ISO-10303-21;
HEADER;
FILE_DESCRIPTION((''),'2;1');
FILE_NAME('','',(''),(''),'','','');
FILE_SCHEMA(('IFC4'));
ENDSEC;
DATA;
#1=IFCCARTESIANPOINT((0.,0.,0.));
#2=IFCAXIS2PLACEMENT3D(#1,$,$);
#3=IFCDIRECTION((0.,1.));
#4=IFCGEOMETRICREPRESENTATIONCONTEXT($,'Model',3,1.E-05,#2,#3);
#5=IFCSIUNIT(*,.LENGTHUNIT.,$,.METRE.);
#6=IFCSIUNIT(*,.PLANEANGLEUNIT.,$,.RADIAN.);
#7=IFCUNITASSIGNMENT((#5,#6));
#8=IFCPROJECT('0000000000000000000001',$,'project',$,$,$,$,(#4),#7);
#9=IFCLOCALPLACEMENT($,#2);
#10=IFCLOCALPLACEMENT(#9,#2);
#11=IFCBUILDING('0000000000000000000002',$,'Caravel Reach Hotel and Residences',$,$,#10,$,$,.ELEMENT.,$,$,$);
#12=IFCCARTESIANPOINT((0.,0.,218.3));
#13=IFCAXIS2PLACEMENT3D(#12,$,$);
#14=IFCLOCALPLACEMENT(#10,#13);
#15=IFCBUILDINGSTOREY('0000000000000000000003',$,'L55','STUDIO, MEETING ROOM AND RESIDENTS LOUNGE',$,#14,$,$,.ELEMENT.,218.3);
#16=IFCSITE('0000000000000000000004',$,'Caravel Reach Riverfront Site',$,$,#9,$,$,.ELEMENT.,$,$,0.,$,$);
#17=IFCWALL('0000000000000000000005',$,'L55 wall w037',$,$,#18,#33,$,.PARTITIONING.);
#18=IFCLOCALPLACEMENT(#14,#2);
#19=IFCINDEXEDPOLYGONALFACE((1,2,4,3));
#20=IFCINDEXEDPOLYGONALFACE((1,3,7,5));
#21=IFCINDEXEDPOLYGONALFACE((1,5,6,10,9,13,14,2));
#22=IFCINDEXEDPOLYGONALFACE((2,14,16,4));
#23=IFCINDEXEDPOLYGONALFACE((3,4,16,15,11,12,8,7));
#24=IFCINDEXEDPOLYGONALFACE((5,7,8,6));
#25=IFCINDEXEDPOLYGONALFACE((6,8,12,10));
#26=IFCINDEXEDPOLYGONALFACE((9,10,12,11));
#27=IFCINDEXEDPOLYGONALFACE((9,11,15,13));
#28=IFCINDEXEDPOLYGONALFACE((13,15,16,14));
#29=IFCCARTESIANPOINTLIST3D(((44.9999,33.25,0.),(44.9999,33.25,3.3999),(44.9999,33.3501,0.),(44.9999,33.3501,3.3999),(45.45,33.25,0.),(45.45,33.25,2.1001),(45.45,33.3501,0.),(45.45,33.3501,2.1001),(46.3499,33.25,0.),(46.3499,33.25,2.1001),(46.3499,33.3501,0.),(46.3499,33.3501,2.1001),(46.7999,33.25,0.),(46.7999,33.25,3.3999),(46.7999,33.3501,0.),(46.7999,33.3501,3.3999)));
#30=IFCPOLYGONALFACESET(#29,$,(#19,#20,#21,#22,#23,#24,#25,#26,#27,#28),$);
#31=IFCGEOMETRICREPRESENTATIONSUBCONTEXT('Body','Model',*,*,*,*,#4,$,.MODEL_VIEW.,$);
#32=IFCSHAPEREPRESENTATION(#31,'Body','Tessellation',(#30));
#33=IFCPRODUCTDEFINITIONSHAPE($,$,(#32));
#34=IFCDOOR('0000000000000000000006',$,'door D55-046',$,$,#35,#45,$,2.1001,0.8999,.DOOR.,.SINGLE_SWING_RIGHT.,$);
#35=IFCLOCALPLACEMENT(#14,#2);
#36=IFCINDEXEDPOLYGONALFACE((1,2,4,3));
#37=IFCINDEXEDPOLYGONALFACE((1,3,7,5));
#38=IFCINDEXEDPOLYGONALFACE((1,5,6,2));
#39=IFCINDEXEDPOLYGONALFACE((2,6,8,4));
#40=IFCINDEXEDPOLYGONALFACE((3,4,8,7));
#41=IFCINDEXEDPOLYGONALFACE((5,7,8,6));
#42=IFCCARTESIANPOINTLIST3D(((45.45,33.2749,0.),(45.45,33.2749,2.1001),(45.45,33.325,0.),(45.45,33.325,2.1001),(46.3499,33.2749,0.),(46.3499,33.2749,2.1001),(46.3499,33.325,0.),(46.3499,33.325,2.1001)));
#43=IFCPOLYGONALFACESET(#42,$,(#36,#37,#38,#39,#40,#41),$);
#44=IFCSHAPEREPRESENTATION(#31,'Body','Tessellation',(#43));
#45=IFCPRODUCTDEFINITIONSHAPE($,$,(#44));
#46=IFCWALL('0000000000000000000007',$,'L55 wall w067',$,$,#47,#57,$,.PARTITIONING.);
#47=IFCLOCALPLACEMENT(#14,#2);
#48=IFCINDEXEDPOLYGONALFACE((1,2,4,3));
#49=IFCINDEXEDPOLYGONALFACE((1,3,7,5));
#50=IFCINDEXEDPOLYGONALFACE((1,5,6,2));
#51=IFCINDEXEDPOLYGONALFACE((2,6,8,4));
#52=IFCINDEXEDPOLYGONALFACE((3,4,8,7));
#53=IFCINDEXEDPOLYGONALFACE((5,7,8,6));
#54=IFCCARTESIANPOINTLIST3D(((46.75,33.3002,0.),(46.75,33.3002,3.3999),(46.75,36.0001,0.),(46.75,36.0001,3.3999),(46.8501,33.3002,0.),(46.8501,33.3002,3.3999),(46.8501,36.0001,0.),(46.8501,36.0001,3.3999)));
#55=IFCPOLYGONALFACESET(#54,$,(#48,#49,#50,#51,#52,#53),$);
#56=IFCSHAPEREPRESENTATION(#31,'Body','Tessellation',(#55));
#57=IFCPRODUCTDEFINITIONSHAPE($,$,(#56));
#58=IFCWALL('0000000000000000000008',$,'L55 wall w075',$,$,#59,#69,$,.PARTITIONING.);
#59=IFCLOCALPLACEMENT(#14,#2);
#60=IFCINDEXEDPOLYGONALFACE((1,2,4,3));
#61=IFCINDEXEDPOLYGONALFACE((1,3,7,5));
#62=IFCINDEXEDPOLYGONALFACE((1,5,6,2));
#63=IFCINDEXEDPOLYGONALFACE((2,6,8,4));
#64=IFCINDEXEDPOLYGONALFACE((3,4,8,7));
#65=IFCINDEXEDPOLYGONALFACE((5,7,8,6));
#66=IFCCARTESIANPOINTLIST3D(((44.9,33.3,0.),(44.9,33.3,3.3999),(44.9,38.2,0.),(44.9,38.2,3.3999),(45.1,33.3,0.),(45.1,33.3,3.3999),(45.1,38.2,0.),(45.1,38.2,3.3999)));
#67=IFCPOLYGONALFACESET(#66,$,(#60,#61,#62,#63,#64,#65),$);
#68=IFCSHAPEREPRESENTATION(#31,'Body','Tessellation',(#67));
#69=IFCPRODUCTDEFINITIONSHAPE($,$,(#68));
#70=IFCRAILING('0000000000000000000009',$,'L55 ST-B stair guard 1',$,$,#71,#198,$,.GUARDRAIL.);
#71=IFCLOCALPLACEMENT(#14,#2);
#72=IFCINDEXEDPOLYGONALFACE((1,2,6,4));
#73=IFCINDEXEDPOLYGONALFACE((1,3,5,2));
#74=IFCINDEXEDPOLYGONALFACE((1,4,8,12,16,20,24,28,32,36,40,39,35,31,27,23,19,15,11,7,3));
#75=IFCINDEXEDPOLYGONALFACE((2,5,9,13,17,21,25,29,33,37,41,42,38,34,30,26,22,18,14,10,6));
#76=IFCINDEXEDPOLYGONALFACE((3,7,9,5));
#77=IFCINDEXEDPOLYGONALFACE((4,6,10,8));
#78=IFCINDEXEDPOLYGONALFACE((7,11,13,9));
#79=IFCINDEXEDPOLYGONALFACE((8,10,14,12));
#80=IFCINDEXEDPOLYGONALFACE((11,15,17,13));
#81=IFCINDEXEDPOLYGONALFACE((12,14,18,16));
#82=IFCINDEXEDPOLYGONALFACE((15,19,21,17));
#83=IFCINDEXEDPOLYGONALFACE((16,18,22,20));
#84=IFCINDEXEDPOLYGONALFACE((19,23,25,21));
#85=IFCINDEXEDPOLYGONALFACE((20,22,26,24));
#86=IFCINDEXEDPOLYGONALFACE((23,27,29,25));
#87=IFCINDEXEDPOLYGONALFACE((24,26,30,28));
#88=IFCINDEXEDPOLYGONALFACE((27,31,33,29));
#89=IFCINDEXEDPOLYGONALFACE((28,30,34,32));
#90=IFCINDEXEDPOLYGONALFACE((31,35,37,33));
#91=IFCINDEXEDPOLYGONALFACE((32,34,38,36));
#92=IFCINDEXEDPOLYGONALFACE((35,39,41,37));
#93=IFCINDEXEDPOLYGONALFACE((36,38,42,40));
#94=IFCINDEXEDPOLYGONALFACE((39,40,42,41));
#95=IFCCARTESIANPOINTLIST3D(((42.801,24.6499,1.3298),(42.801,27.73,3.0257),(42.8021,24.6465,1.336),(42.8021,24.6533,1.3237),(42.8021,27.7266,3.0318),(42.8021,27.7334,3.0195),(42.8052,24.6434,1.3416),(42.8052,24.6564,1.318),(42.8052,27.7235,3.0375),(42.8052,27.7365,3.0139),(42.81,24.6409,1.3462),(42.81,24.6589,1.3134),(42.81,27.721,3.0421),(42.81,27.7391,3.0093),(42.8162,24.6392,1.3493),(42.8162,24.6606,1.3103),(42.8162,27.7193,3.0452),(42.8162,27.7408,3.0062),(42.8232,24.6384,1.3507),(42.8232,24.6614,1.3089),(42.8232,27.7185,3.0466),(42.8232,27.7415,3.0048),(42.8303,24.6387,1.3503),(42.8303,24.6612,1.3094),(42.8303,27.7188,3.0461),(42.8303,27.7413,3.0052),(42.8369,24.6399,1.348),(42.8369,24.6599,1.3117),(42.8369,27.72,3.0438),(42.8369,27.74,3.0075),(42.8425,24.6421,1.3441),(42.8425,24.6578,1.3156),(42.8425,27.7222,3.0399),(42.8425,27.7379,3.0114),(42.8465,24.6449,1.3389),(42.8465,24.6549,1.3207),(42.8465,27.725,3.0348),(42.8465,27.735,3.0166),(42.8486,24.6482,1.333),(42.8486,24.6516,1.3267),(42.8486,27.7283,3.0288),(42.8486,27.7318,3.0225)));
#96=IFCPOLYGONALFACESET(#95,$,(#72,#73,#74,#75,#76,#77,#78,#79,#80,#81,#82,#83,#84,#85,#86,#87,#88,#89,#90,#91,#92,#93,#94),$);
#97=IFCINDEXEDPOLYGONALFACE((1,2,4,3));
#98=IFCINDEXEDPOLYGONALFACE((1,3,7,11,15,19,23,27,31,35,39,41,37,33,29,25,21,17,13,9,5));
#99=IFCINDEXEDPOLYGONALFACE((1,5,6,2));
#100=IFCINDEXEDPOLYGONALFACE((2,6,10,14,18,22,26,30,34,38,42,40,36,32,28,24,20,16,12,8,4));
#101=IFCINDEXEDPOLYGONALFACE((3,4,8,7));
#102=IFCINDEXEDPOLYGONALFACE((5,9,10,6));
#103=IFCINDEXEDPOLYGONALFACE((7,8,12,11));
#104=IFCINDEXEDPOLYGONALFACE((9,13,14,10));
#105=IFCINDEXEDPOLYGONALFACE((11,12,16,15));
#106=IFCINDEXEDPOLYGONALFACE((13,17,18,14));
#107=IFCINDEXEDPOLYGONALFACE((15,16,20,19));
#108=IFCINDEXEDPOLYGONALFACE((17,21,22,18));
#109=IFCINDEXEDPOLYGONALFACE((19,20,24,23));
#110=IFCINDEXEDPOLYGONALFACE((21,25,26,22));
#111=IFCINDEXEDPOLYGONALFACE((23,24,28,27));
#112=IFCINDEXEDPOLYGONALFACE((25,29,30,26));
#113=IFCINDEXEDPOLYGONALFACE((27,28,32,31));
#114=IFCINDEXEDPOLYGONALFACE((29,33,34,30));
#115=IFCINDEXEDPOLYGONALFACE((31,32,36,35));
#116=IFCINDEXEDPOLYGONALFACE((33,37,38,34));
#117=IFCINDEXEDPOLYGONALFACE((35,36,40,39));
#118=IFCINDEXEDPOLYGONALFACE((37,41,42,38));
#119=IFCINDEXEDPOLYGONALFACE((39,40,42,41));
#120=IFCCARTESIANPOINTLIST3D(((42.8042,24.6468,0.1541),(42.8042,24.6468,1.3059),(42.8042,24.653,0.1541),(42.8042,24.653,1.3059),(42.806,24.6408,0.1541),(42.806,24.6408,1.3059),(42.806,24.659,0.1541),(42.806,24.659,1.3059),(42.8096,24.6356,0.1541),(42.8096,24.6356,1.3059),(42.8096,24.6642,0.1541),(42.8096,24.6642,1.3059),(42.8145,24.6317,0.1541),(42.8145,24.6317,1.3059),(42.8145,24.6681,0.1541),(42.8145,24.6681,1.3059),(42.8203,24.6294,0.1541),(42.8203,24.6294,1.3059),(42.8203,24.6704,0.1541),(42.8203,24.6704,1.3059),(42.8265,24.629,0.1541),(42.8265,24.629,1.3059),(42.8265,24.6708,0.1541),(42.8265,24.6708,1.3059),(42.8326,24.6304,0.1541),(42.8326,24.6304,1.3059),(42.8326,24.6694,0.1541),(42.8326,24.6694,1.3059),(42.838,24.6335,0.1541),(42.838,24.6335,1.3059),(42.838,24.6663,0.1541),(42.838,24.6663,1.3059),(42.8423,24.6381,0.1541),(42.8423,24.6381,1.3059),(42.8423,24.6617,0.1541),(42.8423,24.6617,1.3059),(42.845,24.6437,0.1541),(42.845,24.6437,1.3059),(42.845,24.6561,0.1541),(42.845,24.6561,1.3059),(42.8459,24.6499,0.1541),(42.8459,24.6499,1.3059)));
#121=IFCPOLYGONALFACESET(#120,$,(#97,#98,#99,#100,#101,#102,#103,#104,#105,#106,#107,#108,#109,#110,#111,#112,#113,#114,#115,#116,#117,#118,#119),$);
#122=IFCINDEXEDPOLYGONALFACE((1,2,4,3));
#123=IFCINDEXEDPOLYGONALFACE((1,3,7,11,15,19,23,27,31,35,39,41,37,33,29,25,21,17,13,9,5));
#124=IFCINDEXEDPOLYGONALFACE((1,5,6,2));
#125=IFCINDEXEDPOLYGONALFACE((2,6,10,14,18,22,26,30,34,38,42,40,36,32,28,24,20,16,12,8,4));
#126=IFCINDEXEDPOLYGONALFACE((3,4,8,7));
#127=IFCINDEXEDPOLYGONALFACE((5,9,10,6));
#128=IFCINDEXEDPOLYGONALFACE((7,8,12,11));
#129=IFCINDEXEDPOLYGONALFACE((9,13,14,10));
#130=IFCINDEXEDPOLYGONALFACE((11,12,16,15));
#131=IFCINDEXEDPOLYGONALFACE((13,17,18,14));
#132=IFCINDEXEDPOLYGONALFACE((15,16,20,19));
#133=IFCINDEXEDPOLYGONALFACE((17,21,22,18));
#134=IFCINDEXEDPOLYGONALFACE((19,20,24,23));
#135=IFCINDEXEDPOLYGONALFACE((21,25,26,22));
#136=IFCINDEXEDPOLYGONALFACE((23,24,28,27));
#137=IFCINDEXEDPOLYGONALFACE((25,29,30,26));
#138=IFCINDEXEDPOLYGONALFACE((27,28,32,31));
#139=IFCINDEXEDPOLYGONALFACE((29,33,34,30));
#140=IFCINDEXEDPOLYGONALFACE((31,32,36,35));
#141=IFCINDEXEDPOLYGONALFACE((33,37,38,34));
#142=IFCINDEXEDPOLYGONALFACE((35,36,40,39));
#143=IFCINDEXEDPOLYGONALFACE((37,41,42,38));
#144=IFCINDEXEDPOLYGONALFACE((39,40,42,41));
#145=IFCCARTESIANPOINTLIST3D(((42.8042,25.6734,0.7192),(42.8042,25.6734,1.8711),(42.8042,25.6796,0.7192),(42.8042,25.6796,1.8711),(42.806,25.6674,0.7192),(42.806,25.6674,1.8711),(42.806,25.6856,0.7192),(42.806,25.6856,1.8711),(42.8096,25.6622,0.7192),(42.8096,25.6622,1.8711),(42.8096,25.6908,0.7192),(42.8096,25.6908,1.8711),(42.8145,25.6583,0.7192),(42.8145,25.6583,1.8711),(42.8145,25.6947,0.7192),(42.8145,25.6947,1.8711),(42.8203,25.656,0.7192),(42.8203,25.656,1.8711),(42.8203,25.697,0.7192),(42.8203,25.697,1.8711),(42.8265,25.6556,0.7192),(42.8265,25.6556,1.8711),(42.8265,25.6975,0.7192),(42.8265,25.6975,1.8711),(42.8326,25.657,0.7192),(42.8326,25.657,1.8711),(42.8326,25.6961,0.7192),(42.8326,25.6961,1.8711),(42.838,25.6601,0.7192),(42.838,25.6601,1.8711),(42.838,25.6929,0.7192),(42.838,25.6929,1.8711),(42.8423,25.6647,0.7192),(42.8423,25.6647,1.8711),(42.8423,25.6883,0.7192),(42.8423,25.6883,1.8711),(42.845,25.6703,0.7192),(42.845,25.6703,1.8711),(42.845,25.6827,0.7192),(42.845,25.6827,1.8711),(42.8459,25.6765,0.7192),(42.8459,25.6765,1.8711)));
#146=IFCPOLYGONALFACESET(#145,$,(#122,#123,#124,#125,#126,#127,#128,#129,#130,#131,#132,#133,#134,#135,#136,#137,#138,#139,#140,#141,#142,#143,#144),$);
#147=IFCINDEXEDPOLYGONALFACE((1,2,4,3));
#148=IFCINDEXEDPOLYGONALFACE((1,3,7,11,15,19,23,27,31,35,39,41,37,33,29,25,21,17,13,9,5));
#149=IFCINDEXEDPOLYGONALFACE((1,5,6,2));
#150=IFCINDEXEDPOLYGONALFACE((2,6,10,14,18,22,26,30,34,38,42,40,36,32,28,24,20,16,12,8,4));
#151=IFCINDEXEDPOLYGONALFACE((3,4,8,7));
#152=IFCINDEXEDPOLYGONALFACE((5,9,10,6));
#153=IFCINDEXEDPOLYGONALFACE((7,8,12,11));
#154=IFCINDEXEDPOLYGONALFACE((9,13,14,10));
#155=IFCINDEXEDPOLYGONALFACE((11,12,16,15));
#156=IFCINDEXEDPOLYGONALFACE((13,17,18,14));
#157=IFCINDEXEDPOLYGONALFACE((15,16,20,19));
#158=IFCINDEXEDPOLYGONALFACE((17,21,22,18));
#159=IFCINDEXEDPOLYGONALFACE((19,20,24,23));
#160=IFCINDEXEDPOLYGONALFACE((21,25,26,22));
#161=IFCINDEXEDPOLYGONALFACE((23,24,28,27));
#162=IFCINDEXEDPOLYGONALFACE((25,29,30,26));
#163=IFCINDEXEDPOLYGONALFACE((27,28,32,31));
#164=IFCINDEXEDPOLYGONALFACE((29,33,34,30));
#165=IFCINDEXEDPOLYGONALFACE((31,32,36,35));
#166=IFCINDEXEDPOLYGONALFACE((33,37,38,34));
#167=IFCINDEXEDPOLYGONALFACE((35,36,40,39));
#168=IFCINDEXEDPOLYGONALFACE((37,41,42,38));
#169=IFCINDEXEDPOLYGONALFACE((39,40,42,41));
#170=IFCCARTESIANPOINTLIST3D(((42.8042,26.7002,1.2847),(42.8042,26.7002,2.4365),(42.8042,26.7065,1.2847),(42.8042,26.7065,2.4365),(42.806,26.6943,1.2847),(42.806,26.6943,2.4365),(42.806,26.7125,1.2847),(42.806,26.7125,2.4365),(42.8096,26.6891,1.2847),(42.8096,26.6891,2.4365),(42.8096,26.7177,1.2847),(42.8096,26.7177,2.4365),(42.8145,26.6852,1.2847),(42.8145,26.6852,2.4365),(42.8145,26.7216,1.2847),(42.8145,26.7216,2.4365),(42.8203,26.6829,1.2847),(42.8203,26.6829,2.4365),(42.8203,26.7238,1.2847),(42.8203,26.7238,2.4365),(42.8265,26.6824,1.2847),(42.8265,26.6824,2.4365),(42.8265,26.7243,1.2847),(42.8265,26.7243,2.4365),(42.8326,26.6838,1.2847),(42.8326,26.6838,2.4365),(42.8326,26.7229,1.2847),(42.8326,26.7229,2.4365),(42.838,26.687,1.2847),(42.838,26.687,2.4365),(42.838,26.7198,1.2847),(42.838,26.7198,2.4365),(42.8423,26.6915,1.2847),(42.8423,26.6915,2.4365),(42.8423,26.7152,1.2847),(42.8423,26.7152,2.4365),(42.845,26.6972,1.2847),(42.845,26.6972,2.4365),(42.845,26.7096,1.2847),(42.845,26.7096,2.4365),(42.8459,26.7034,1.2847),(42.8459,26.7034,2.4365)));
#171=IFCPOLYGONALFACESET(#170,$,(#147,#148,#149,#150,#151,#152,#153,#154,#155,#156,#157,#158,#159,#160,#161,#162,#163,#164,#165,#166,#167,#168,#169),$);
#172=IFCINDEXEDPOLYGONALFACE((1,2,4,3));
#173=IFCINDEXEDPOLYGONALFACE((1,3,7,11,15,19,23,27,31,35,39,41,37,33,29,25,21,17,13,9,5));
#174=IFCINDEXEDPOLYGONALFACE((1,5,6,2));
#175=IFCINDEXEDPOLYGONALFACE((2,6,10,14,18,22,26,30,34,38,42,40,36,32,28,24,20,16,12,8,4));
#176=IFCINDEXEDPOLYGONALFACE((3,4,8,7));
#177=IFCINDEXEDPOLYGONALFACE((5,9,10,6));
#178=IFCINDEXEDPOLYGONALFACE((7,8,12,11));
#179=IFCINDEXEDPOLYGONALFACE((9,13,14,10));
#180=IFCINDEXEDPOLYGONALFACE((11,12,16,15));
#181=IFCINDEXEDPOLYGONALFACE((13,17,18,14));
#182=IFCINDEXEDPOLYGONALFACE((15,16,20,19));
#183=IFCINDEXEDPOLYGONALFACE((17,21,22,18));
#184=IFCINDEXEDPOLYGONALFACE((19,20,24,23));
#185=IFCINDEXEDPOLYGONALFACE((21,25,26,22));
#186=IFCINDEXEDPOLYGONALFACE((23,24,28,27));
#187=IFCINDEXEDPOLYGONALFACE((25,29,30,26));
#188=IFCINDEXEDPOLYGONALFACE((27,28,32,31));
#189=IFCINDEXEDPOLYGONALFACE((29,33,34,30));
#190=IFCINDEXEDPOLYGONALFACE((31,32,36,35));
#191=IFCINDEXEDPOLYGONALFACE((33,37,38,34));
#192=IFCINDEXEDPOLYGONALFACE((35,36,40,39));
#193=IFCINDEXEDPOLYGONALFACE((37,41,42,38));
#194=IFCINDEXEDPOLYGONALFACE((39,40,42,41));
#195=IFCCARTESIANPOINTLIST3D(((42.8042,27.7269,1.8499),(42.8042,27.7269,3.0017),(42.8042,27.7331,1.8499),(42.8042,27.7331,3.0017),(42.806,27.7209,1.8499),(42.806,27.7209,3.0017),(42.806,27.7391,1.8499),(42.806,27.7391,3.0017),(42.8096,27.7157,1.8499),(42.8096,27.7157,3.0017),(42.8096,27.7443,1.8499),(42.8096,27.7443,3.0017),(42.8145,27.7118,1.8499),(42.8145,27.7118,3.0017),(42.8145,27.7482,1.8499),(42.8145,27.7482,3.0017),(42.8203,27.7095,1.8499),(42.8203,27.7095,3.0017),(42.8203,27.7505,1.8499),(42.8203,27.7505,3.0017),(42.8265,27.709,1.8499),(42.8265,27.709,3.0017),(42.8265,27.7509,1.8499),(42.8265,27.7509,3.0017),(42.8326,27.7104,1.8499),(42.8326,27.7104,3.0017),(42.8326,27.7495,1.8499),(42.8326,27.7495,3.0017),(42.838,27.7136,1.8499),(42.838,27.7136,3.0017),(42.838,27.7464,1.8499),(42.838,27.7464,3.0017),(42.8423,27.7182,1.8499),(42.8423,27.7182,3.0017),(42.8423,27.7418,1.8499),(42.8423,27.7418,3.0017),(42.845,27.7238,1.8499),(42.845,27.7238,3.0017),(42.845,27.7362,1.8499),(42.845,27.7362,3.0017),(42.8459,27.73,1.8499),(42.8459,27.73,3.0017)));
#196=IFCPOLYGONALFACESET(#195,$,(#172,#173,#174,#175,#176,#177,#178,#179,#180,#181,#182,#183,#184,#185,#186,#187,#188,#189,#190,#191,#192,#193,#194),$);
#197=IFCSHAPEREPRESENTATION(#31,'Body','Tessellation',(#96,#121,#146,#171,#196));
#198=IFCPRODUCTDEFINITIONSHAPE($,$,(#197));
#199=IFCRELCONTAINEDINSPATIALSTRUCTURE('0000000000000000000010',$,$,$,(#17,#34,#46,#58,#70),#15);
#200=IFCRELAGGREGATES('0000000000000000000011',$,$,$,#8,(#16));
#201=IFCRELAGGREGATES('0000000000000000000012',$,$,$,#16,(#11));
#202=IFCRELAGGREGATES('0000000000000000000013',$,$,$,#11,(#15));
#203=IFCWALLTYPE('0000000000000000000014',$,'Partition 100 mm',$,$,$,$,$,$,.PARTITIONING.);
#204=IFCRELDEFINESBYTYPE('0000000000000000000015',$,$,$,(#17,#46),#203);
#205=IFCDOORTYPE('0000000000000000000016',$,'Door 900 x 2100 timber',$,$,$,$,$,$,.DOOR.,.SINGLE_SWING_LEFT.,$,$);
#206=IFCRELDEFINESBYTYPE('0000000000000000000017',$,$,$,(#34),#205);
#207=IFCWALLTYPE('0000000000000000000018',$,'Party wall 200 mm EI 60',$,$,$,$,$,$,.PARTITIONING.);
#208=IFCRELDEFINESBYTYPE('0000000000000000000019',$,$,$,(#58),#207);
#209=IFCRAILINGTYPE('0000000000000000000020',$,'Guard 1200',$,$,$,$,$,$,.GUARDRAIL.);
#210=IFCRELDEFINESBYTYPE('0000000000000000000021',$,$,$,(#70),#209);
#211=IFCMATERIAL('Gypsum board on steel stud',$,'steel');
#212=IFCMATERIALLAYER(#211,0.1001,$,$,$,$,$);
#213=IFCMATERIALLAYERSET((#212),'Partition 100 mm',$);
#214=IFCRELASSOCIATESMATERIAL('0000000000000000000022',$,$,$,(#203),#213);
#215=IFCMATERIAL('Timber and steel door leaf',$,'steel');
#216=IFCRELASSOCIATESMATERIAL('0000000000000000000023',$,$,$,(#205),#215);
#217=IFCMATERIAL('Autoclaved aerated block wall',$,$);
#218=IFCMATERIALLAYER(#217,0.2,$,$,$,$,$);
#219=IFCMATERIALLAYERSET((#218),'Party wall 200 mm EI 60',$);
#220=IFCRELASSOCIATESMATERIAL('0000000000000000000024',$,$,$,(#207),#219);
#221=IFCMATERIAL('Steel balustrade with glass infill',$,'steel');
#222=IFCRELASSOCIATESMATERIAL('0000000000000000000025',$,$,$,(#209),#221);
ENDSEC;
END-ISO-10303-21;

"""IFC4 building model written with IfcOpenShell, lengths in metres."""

from ifc_helpers import new_model, si_unit, direction, frame, frame_2d, origin, origin_2d, place, context, subcontext, project, spatial, rectangle, circle, extrude, material, layer, layer_set, type_object, element, fill, save


model = new_model("IFC4")

# Units and contexts
model_context = context("Model", 3, precision=1e-05, world=origin(), true_north=direction((0.0, 1.0)))
body_context = subcontext(model_context, "Body", "Model", "MODEL_VIEW")
ifc_project = project(units=[si_unit("LENGTHUNIT", "METRE"), si_unit("PLANEANGLEUNIT", "RADIAN")], contexts=[model_context])

# Site, building, storey
site_placement = place(None, origin())
site = spatial("IfcSite", under=ifc_project, at=site_placement, Name="Caravel Reach Riverfront Site", CompositionType="ELEMENT", RefElevation=0.0)
building_placement = place(site_placement, origin())
building = spatial("IfcBuilding", under=site, at=building_placement, Name="Caravel Reach Hotel and Residences", CompositionType="ELEMENT")
storey_placement = place(building_placement, frame((0.0, 0.0, 218.3)))
storey = spatial("IfcBuildingStorey", under=building, at=storey_placement, Name="L55", Description="STUDIO, MEETING ROOM AND RESIDENTS LOUNGE", CompositionType="ELEMENT", Elevation=218.3)

# Wall, opening, door
ifc_material_1 = material(Name="Gypsum board on steel stud", Category="steel")
ifc_layer_1 = layer(ifc_material_1, 0.1001)
ifc_layer_set_1 = layer_set([ifc_layer_1], Name="Partition 100 mm")
wall_type_1 = type_object("IfcWallType", Name="Partition 100 mm", PredefinedType="PARTITIONING", material=ifc_layer_set_1)
wall_1_placement = place(storey_placement, frame((45.0, 33.3, 0.0), z_axis=(0.0, 0.0, 1.0), x_axis=(1.0, 0.0, 0.0)))
wall_1 = element("IfcWall", 1, at=wall_1_placement, inside=storey, type_object=wall_type_1, Name="L55 wall w037", PredefinedType="PARTITIONING", context=body_context, shape_type="SweptSolid", body=[
    extrude(rectangle(XDim=1.8, YDim=0.1001, at=frame_2d((0.8999, 0.0))), origin(), (0.0, 0.0, 1.0), 3.3999),
])
opening_1_placement = place(wall_1_placement, frame((0.45, 0.0, 0.0)))
opening_1 = element("IfcOpeningElement", 2, at=opening_1_placement, cuts=wall_1, PredefinedType="OPENING", context=body_context, shape_type="SweptSolid", body=[
    extrude(rectangle(XDim=0.8999, YDim=2.1001, at=frame_2d((0.45, 1.05))), frame((0.0, 0.0601, 0.0), z_axis=(0.0, -1.0, 0.0), x_axis=(1.0, 0.0, 0.0)), (0.0, 0.0, 1.0), 0.1201),
])
ifc_material_2 = material(Name="Timber and steel door leaf", Category="steel")
door_type_1 = type_object("IfcDoorType", Name="Door 900 x 2100 timber", OperationType="SINGLE_SWING_LEFT", PredefinedType="DOOR", material=ifc_material_2)
door_1_placement = place(opening_1_placement, origin())
door_1 = element("IfcDoor", 3, at=door_1_placement, inside=storey, type_object=door_type_1, Name="door D55-046", OperationType="SINGLE_SWING_RIGHT", OverallHeight=2.1001, OverallWidth=0.8999, PredefinedType="DOOR", context=body_context, shape_type="SweptSolid", body=[
    extrude(rectangle(XDim=0.8999, YDim=2.1001, at=frame_2d((0.45, 1.05))), frame((0.0, 0.0249, 0.0), z_axis=(0.0, -1.0, 0.0), x_axis=(1.0, 0.0, 0.0)), (0.0, 0.0, 1.0), 0.05),
])
fill(opening_1, door_1)

# Walls
wall_2_placement = place(storey_placement, frame((46.8, 33.3, 0.0), z_axis=(0.0, 0.0, 1.0), x_axis=(0.0, 1.0, 0.0)))
element("IfcWall", 4, at=wall_2_placement, inside=storey, type_object=wall_type_1, Name="L55 wall w067", PredefinedType="PARTITIONING", context=body_context, shape_type="SweptSolid", body=[
    extrude(rectangle(XDim=2.7, YDim=0.1001, at=frame_2d((1.3501, 0.0))), origin(), (0.0, 0.0, 1.0), 3.3999),
])
ifc_material_3 = material(Name="Autoclaved aerated block wall")
ifc_layer_2 = layer(ifc_material_3, 0.2)
ifc_layer_set_2 = layer_set([ifc_layer_2], Name="Party wall 200 mm EI 60")
wall_type_2 = type_object("IfcWallType", Name="Party wall 200 mm EI 60", PredefinedType="PARTITIONING", material=ifc_layer_set_2)
wall_3_placement = place(storey_placement, frame((45.0, 33.3, 0.0), z_axis=(0.0, 0.0, 1.0), x_axis=(0.0, 1.0, 0.0)))
element("IfcWall", 5, at=wall_3_placement, inside=storey, type_object=wall_type_2, Name="L55 wall w075", PredefinedType="PARTITIONING", context=body_context, shape_type="SweptSolid", body=[
    extrude(rectangle(XDim=4.8999, YDim=0.2, at=frame_2d((2.45, 0.0))), origin(), (0.0, 0.0, 1.0), 3.3999),
])

# Railing
ifc_material_4 = material(Name="Steel balustrade with glass infill", Category="steel")
railing_type_1 = type_object("IfcRailingType", Name="Guard 1200", PredefinedType="GUARDRAIL", material=ifc_material_4)
railing_1_placement = place(storey_placement, frame((42.825, 24.6499, 0.1541)))
element("IfcRailing", 6, at=railing_1_placement, inside=storey, type_object=railing_type_1, Name="L55 ST-B stair guard 1", PredefinedType="GUARDRAIL", context=body_context, shape_type="SweptSolid", body=[
    extrude(circle(Radius=0.0239, at=origin_2d()), frame((0.0, 0.0, 1.1758), z_axis=(0.0, 0.876005, 0.482303), x_axis=(-1.0, 0.0, 0.0)), (0.0, 0.0, 1.0), 3.5161),
    extrude(circle(Radius=0.021, at=origin_2d()), origin(), (0.0, 0.0, 1.0), 1.1519),
    extrude(circle(Radius=0.021, at=origin_2d()), frame((0.0, 1.0266, 0.5652)), (0.0, 0.0, 1.0), 1.1519),
    extrude(circle(Radius=0.021, at=origin_2d()), frame((0.0, 2.0535, 1.1306)), (0.0, 0.0, 1.0), 1.1519),
    extrude(circle(Radius=0.021, at=origin_2d()), frame((0.0, 3.0801, 1.6958)), (0.0, 0.0, 1.0), 1.1519),
])

save(model, "model.ifc")
